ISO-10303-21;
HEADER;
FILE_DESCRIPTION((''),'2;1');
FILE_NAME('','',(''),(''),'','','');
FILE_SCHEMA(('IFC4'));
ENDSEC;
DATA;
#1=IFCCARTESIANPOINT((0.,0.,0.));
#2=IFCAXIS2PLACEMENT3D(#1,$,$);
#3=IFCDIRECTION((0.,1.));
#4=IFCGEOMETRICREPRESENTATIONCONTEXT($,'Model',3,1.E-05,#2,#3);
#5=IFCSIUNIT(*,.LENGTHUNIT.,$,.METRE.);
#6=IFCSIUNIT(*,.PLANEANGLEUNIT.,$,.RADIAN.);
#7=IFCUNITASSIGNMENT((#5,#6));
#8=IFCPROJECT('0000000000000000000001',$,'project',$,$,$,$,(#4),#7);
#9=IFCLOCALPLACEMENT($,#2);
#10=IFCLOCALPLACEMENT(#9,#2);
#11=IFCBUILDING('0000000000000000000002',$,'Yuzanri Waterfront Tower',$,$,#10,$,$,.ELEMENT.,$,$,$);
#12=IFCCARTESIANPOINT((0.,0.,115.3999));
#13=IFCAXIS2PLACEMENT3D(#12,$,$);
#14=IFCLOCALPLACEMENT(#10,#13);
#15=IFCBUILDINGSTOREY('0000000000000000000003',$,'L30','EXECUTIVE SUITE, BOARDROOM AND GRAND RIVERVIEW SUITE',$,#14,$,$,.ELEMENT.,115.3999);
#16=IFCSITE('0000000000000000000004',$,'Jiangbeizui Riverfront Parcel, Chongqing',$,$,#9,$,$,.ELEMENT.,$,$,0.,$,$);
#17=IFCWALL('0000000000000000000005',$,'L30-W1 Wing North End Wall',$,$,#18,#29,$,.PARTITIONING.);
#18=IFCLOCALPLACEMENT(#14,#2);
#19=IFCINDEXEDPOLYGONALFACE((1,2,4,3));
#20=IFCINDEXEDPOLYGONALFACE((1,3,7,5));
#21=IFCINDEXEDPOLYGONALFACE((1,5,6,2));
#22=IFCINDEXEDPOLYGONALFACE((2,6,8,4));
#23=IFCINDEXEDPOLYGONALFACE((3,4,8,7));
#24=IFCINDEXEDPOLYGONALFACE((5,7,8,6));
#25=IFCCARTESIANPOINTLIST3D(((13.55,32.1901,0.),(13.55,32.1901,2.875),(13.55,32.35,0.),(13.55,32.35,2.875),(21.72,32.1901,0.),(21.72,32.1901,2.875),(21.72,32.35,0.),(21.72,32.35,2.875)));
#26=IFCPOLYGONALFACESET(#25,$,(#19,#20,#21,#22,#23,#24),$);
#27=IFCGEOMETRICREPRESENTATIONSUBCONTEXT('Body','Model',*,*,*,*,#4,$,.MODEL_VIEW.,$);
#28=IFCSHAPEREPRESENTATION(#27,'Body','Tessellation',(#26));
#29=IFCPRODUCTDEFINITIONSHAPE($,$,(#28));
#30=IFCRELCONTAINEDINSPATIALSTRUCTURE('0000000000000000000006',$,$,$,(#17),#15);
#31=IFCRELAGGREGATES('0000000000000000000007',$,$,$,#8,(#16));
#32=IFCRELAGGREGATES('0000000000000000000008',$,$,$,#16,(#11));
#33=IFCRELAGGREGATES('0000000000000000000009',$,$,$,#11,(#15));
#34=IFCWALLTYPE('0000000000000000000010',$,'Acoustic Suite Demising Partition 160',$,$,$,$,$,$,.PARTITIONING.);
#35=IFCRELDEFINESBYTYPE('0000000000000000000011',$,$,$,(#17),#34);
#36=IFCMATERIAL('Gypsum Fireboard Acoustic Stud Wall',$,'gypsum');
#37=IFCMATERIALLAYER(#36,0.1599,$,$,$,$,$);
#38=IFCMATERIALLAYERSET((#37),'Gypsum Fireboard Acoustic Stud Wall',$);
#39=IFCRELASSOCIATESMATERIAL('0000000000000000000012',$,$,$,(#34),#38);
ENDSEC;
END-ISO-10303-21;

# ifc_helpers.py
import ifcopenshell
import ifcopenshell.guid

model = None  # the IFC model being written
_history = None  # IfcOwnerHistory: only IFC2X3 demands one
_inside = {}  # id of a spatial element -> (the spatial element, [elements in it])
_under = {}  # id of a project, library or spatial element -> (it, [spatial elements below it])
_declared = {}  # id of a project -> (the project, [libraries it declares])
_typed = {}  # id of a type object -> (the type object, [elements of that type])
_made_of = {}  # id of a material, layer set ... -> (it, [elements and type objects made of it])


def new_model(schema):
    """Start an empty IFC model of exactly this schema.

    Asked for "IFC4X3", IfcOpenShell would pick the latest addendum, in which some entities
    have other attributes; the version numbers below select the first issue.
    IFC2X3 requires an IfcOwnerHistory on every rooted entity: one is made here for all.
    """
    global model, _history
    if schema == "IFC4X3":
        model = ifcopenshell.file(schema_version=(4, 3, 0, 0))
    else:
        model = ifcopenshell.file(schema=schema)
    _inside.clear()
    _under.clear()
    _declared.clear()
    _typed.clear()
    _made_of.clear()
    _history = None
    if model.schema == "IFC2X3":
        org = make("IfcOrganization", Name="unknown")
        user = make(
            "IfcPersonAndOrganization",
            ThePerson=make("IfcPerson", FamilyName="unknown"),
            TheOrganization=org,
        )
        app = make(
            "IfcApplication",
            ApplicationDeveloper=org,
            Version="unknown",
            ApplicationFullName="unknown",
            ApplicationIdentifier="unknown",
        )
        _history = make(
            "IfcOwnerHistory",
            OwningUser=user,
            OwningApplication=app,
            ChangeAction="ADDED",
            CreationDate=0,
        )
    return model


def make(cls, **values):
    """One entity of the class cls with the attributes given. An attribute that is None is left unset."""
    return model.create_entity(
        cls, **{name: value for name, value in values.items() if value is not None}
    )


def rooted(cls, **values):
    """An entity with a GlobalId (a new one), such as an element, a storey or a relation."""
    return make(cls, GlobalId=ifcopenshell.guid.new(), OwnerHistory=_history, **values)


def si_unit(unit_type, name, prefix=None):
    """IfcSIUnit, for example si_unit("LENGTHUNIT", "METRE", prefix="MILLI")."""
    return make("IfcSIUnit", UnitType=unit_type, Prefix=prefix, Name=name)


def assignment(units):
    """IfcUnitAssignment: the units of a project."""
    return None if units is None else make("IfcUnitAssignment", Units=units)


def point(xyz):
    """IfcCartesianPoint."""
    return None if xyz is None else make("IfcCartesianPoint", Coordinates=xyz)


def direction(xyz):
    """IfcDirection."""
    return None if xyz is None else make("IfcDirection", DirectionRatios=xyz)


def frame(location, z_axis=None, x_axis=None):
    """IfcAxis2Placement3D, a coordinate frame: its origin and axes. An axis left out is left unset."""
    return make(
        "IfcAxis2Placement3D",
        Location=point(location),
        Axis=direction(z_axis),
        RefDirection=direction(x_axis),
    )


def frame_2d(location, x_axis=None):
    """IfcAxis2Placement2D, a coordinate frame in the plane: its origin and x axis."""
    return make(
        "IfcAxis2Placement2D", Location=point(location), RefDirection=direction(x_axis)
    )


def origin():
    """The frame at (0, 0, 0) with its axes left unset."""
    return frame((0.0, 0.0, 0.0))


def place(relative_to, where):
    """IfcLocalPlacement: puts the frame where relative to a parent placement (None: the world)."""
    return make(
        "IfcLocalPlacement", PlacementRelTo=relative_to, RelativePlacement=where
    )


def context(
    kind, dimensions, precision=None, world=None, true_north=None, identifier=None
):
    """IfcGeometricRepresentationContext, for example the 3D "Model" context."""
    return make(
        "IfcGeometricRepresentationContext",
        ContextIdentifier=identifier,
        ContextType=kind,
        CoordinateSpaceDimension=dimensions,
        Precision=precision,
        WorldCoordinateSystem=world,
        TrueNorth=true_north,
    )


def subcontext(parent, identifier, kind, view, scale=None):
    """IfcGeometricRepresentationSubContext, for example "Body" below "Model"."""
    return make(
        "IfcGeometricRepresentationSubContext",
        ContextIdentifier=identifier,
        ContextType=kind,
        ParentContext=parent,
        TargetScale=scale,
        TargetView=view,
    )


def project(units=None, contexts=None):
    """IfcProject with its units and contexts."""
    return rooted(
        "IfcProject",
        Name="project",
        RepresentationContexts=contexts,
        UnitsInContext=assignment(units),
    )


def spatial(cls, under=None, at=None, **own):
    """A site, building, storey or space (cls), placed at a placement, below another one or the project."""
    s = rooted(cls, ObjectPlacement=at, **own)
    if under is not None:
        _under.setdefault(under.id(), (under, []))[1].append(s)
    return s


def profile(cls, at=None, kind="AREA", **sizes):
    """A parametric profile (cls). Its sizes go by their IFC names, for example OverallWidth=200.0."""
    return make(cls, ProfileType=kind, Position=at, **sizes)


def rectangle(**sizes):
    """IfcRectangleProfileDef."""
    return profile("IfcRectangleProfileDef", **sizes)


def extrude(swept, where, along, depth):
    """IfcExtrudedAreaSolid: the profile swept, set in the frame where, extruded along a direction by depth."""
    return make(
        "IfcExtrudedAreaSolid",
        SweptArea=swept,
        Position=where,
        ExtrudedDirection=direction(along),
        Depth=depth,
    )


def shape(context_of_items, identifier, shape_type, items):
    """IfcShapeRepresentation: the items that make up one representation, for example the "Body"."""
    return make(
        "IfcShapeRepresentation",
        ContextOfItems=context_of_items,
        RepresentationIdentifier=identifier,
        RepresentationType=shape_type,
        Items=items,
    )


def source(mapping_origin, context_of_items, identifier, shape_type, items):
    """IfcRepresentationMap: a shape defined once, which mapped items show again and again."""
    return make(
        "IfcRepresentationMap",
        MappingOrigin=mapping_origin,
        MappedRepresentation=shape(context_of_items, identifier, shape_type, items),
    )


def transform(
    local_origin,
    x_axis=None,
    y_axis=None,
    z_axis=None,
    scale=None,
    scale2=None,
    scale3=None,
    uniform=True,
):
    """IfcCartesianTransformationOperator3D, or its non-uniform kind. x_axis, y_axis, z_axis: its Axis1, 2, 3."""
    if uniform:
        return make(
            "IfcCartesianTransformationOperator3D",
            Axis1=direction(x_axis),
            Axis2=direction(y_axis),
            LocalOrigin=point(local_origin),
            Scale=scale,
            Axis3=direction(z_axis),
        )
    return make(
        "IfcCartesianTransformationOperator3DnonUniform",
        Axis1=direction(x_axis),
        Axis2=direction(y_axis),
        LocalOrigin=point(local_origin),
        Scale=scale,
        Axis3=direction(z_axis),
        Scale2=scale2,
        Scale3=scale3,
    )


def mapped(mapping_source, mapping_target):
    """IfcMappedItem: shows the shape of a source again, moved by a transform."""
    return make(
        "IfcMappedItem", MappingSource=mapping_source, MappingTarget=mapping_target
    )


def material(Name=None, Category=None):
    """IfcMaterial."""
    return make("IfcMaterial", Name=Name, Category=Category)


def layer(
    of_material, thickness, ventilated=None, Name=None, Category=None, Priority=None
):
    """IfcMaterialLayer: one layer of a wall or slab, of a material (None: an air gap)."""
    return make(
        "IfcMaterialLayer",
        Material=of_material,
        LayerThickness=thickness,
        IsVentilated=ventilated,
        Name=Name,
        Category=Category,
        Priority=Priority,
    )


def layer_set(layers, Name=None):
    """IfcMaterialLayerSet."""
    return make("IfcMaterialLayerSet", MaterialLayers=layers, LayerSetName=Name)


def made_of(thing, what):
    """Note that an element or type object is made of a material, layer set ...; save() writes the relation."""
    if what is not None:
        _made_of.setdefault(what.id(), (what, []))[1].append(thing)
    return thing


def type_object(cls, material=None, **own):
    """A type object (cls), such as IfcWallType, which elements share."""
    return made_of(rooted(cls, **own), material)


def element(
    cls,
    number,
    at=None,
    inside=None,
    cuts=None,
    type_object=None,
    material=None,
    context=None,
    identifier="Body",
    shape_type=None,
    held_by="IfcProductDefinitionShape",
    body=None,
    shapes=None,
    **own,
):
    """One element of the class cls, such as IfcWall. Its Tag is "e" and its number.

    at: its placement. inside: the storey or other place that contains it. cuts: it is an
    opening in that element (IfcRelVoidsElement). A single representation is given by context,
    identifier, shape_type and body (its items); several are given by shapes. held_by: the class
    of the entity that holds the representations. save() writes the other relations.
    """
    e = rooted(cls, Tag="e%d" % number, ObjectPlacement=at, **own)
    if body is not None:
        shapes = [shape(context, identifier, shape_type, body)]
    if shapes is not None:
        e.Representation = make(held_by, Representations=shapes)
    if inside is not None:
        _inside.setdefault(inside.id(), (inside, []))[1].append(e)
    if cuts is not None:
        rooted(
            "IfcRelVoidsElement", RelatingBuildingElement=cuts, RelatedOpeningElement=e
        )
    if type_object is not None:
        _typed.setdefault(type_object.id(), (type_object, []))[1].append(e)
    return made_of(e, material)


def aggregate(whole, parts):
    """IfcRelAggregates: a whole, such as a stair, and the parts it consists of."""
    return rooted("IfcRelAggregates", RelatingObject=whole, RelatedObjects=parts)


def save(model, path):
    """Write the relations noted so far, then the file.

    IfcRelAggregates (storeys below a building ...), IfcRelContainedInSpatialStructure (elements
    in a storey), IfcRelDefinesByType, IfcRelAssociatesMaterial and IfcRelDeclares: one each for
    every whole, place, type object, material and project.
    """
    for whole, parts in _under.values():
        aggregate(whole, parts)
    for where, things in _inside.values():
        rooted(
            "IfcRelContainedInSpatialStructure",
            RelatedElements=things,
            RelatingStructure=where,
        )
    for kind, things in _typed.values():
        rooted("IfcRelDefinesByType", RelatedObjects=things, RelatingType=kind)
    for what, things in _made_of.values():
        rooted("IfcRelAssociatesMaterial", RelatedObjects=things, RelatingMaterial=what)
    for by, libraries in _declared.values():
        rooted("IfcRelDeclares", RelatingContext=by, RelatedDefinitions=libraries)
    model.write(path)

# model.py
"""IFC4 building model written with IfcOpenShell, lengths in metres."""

from ifc_helpers import new_model, si_unit, direction, frame, frame_2d, origin, place, context, subcontext, project, spatial, rectangle, extrude, source, transform, mapped, material, layer, layer_set, type_object, element, save


model = new_model("IFC4")

# Units and contexts
model_context = context("Model", 3, precision=1e-05, world=origin(), true_north=direction((0.0, 1.0)))
body_context = subcontext(model_context, "Body", "Model", "MODEL_VIEW")
ifc_project = project(units=[si_unit("LENGTHUNIT", "METRE"), si_unit("PLANEANGLEUNIT", "RADIAN")], contexts=[model_context])

# Site, building, storey
site_placement = place(None, origin())
site = spatial("IfcSite", under=ifc_project, at=site_placement, Name="Jiangbeizui Riverfront Parcel, Chongqing", CompositionType="ELEMENT", RefElevation=0.0)
building_placement = place(site_placement, origin())
building = spatial("IfcBuilding", under=site, at=building_placement, Name="Yuzanri Waterfront Tower", CompositionType="ELEMENT")
storey_placement = place(building_placement, frame((0.0, 0.0, 115.3999)))
storey = spatial("IfcBuildingStorey", under=building, at=storey_placement, Name="L30", Description="EXECUTIVE SUITE, BOARDROOM AND GRAND RIVERVIEW SUITE", CompositionType="ELEMENT", Elevation=115.3999)

# Wall
ifc_material_1 = material(Name="Gypsum Fireboard Acoustic Stud Wall", Category="gypsum")
ifc_layer_1 = layer(ifc_material_1, 0.1599)
ifc_layer_set_1 = layer_set([ifc_layer_1], Name="Gypsum Fireboard Acoustic Stud Wall")
wall_type_1 = type_object("IfcWallType", Name="Acoustic Suite Demising Partition 160", PredefinedType="PARTITIONING", material=ifc_layer_set_1)
shared_shape_1 = source(origin(), body_context, "Body", "SweptSolid", [
    extrude(rectangle(XDim=8.1699, YDim=0.1599, at=frame_2d((4.085, 0.0))), origin(), (0.0, 0.0, 1.0), 2.875),
])
wall_1_placement = place(storey_placement, frame((13.55, 32.27, 0.0), z_axis=(0.0, 0.0, 1.0), x_axis=(1.0, 0.0, 0.0)))
element("IfcWall", 1, at=wall_1_placement, inside=storey, type_object=wall_type_1, Name="L30-W1 Wing North End Wall", PredefinedType="PARTITIONING", context=body_context, shape_type="MappedRepresentation", body=[
    mapped(shared_shape_1, transform((0.0, 0.0, 0.0), scale=1.0)),
])

save(model, "model.ifc")
